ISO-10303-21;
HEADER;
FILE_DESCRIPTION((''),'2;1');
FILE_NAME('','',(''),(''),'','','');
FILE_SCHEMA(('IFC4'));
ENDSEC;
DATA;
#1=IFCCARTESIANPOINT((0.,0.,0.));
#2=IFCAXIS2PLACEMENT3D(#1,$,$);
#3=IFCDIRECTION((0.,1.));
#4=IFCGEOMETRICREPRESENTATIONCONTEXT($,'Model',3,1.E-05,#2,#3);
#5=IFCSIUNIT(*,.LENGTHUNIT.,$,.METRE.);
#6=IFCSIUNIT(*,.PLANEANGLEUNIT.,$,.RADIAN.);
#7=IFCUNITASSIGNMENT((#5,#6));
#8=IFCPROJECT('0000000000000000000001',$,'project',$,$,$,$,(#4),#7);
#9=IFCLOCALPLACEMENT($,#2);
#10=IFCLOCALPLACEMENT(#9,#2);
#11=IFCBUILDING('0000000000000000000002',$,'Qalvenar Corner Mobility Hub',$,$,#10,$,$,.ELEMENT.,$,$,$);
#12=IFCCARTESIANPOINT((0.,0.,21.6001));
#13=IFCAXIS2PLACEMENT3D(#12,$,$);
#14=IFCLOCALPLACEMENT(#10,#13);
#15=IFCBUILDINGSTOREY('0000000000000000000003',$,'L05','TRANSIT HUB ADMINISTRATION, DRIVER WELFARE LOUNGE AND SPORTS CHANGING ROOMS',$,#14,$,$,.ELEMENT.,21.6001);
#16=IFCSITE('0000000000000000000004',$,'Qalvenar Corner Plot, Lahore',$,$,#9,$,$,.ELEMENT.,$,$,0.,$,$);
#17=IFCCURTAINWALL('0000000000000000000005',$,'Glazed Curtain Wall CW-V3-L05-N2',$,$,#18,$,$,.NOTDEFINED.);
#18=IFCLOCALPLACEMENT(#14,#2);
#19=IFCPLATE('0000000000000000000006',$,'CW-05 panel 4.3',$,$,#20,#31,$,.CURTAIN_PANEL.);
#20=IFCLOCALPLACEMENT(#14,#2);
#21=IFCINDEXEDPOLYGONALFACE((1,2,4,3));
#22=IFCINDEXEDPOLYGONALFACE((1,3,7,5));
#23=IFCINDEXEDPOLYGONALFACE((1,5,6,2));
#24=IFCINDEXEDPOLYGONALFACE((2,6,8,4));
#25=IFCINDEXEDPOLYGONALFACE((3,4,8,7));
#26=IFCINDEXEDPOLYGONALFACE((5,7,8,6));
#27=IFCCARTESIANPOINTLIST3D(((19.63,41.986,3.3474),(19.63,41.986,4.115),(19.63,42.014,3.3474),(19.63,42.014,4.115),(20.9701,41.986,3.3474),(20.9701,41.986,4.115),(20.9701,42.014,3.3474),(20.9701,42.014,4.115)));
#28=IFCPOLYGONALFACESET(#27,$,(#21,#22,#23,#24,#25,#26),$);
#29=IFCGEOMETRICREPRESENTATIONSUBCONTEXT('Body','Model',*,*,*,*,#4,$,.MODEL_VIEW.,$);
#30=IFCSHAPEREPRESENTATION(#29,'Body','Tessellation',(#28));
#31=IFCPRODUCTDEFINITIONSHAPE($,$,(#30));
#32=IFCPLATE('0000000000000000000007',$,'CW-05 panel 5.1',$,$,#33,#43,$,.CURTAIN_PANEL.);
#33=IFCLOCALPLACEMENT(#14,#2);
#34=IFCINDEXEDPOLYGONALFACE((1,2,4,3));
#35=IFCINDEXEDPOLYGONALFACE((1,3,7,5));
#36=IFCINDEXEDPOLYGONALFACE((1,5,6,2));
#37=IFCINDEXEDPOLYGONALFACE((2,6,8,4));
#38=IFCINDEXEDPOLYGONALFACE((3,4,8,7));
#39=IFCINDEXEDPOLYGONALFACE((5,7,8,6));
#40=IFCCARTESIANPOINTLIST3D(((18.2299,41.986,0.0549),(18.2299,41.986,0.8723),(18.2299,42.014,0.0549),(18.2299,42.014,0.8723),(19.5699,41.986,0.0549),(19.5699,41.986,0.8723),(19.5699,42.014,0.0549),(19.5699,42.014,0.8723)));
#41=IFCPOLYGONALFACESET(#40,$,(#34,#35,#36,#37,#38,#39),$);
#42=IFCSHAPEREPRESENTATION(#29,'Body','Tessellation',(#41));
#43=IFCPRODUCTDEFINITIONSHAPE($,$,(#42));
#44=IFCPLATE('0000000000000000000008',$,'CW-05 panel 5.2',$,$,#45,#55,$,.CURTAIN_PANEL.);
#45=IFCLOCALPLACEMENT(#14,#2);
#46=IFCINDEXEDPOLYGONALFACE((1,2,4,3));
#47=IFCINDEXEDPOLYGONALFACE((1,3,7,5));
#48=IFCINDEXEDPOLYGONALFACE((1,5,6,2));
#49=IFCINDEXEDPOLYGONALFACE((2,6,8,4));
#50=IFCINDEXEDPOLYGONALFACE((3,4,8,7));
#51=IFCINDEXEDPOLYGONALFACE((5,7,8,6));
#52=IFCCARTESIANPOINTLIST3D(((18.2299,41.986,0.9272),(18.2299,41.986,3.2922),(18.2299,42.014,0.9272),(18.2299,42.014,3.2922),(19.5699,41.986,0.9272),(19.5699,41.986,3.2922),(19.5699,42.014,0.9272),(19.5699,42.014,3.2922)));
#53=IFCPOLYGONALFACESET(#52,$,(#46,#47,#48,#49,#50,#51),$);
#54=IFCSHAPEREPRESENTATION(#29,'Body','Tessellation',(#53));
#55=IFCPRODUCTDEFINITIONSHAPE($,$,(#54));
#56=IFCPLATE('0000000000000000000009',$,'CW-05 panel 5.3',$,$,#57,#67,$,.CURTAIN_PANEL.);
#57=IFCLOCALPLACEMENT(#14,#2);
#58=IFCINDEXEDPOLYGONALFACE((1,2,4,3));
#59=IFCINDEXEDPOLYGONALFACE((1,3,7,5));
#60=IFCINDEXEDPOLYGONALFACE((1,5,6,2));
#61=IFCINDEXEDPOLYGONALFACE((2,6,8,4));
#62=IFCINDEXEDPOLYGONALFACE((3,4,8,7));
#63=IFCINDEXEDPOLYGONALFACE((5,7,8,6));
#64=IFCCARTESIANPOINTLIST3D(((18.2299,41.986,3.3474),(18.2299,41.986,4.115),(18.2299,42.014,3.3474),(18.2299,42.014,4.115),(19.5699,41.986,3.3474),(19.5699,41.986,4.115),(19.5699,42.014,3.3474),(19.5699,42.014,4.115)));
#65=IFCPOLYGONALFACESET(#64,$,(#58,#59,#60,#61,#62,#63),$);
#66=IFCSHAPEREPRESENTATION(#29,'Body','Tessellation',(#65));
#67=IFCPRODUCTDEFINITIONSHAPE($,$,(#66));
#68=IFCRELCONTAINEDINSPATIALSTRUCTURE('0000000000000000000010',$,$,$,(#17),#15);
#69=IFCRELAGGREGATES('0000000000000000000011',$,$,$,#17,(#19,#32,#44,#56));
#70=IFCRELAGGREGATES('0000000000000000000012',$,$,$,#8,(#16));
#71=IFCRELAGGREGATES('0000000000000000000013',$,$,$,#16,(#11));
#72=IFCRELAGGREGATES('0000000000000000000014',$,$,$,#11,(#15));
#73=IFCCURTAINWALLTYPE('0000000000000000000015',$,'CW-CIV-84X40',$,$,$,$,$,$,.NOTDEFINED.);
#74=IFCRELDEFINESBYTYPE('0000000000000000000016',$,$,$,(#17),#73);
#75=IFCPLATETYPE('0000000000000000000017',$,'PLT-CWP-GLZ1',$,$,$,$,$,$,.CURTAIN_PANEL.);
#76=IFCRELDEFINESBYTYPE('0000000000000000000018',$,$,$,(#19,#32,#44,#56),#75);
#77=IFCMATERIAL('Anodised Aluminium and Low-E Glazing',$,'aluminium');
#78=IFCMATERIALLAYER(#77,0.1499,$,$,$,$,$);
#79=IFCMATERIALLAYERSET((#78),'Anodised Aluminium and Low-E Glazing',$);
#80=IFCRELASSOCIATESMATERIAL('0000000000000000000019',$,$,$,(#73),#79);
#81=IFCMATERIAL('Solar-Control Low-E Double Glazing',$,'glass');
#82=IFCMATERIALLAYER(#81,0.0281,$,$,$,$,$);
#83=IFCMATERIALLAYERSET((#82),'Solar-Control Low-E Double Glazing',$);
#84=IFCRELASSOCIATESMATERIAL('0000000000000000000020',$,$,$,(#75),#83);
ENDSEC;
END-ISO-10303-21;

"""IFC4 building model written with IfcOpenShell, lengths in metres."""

from ifc_helpers import new_model, si_unit, direction, frame, origin, origin_2d, place, context, subcontext, project, spatial, rectangle, extrude, material, layer, layer_set, type_object, element, aggregate, save


model = new_model("IFC4")

# Units and contexts
model_context = context("Model", 3, precision=1e-05, world=origin(), true_north=direction((0.0, 1.0)))
body_context = subcontext(model_context, "Body", "Model", "MODEL_VIEW")
ifc_project = project(units=[si_unit("LENGTHUNIT", "METRE"), si_unit("PLANEANGLEUNIT", "RADIAN")], contexts=[model_context])

# Site, building, storey
site_placement = place(None, origin())
site = spatial("IfcSite", under=ifc_project, at=site_placement, Name="Qalvenar Corner Plot, Lahore", CompositionType="ELEMENT", RefElevation=0.0)
building_placement = place(site_placement, origin())
building = spatial("IfcBuilding", under=site, at=building_placement, Name="Qalvenar Corner Mobility Hub", CompositionType="ELEMENT")
storey_placement = place(building_placement, frame((0.0, 0.0, 21.6001)))
storey = spatial("IfcBuildingStorey", under=building, at=storey_placement, Name="L05", Description="TRANSIT HUB ADMINISTRATION, DRIVER WELFARE LOUNGE AND SPORTS CHANGING ROOMS", CompositionType="ELEMENT", Elevation=21.6001)

# Curtain wall, plates
ifc_material_1 = material(Name="Anodised Aluminium and Low-E Glazing", Category="aluminium")
ifc_layer_1 = layer(ifc_material_1, 0.1499)
ifc_layer_set_1 = layer_set([ifc_layer_1], Name="Anodised Aluminium and Low-E Glazing")
curtain_wall_type = type_object("IfcCurtainWallType", Name="CW-CIV-84X40", PredefinedType="NOTDEFINED", material=ifc_layer_set_1)
curtain_wall_placement = place(storey_placement, origin())
curtain_wall = element("IfcCurtainWall", 1, at=curtain_wall_placement, inside=storey, type_object=curtain_wall_type, Name="Glazed Curtain Wall CW-V3-L05-N2", PredefinedType="NOTDEFINED")
ifc_material_2 = material(Name="Solar-Control Low-E Double Glazing", Category="glass")
ifc_layer_2 = layer(ifc_material_2, 0.0281)
ifc_layer_set_2 = layer_set([ifc_layer_2], Name="Solar-Control Low-E Double Glazing")
plate_type = type_object("IfcPlateType", Name="PLT-CWP-GLZ1", PredefinedType="CURTAIN_PANEL", material=ifc_layer_set_2)
plate_1_placement = place(storey_placement, frame((20.3, 42.0, 3.3474), z_axis=(0.0, 0.0, 1.0), x_axis=(-1.0, 0.0, 0.0)))
plate_1 = element("IfcPlate", 2, at=plate_1_placement, type_object=plate_type, Name="CW-05 panel 4.3", PredefinedType="CURTAIN_PANEL", context=body_context, shape_type="SweptSolid", body=[
    extrude(rectangle(XDim=1.3401, YDim=0.0281, at=origin_2d()), origin(), (0.0, 0.0, 1.0), 0.7676),
])
plate_2_placement = place(storey_placement, frame((18.8999, 42.0, 0.0549), z_axis=(0.0, 0.0, 1.0), x_axis=(-1.0, 0.0, 0.0)))
plate_2 = element("IfcPlate", 3, at=plate_2_placement, type_object=plate_type, Name="CW-05 panel 5.1", PredefinedType="CURTAIN_PANEL", context=body_context, shape_type="SweptSolid", body=[
    extrude(rectangle(XDim=1.3401, YDim=0.0281, at=origin_2d()), origin(), (0.0, 0.0, 1.0), 0.8174),
])
plate_3_placement = place(storey_placement, frame((18.8999, 42.0, 0.9272), z_axis=(0.0, 0.0, 1.0), x_axis=(-1.0, 0.0, 0.0)))
plate_3 = element("IfcPlate", 4, at=plate_3_placement, type_object=plate_type, Name="CW-05 panel 5.2", PredefinedType="CURTAIN_PANEL", context=body_context, shape_type="SweptSolid", body=[
    extrude(rectangle(XDim=1.3401, YDim=0.0281, at=origin_2d()), origin(), (0.0, 0.0, 1.0), 2.365),
])
plate_4_placement = place(storey_placement, frame((18.8999, 42.0, 3.3474), z_axis=(0.0, 0.0, 1.0), x_axis=(-1.0, 0.0, 0.0)))
plate_4 = element("IfcPlate", 5, at=plate_4_placement, type_object=plate_type, Name="CW-05 panel 5.3", PredefinedType="CURTAIN_PANEL", context=body_context, shape_type="SweptSolid", body=[
    extrude(rectangle(XDim=1.3401, YDim=0.0281, at=origin_2d()), origin(), (0.0, 0.0, 1.0), 0.7676),
])
aggregate(curtain_wall, [plate_1, plate_2, plate_3, plate_4])

save(model, "model.ifc")
